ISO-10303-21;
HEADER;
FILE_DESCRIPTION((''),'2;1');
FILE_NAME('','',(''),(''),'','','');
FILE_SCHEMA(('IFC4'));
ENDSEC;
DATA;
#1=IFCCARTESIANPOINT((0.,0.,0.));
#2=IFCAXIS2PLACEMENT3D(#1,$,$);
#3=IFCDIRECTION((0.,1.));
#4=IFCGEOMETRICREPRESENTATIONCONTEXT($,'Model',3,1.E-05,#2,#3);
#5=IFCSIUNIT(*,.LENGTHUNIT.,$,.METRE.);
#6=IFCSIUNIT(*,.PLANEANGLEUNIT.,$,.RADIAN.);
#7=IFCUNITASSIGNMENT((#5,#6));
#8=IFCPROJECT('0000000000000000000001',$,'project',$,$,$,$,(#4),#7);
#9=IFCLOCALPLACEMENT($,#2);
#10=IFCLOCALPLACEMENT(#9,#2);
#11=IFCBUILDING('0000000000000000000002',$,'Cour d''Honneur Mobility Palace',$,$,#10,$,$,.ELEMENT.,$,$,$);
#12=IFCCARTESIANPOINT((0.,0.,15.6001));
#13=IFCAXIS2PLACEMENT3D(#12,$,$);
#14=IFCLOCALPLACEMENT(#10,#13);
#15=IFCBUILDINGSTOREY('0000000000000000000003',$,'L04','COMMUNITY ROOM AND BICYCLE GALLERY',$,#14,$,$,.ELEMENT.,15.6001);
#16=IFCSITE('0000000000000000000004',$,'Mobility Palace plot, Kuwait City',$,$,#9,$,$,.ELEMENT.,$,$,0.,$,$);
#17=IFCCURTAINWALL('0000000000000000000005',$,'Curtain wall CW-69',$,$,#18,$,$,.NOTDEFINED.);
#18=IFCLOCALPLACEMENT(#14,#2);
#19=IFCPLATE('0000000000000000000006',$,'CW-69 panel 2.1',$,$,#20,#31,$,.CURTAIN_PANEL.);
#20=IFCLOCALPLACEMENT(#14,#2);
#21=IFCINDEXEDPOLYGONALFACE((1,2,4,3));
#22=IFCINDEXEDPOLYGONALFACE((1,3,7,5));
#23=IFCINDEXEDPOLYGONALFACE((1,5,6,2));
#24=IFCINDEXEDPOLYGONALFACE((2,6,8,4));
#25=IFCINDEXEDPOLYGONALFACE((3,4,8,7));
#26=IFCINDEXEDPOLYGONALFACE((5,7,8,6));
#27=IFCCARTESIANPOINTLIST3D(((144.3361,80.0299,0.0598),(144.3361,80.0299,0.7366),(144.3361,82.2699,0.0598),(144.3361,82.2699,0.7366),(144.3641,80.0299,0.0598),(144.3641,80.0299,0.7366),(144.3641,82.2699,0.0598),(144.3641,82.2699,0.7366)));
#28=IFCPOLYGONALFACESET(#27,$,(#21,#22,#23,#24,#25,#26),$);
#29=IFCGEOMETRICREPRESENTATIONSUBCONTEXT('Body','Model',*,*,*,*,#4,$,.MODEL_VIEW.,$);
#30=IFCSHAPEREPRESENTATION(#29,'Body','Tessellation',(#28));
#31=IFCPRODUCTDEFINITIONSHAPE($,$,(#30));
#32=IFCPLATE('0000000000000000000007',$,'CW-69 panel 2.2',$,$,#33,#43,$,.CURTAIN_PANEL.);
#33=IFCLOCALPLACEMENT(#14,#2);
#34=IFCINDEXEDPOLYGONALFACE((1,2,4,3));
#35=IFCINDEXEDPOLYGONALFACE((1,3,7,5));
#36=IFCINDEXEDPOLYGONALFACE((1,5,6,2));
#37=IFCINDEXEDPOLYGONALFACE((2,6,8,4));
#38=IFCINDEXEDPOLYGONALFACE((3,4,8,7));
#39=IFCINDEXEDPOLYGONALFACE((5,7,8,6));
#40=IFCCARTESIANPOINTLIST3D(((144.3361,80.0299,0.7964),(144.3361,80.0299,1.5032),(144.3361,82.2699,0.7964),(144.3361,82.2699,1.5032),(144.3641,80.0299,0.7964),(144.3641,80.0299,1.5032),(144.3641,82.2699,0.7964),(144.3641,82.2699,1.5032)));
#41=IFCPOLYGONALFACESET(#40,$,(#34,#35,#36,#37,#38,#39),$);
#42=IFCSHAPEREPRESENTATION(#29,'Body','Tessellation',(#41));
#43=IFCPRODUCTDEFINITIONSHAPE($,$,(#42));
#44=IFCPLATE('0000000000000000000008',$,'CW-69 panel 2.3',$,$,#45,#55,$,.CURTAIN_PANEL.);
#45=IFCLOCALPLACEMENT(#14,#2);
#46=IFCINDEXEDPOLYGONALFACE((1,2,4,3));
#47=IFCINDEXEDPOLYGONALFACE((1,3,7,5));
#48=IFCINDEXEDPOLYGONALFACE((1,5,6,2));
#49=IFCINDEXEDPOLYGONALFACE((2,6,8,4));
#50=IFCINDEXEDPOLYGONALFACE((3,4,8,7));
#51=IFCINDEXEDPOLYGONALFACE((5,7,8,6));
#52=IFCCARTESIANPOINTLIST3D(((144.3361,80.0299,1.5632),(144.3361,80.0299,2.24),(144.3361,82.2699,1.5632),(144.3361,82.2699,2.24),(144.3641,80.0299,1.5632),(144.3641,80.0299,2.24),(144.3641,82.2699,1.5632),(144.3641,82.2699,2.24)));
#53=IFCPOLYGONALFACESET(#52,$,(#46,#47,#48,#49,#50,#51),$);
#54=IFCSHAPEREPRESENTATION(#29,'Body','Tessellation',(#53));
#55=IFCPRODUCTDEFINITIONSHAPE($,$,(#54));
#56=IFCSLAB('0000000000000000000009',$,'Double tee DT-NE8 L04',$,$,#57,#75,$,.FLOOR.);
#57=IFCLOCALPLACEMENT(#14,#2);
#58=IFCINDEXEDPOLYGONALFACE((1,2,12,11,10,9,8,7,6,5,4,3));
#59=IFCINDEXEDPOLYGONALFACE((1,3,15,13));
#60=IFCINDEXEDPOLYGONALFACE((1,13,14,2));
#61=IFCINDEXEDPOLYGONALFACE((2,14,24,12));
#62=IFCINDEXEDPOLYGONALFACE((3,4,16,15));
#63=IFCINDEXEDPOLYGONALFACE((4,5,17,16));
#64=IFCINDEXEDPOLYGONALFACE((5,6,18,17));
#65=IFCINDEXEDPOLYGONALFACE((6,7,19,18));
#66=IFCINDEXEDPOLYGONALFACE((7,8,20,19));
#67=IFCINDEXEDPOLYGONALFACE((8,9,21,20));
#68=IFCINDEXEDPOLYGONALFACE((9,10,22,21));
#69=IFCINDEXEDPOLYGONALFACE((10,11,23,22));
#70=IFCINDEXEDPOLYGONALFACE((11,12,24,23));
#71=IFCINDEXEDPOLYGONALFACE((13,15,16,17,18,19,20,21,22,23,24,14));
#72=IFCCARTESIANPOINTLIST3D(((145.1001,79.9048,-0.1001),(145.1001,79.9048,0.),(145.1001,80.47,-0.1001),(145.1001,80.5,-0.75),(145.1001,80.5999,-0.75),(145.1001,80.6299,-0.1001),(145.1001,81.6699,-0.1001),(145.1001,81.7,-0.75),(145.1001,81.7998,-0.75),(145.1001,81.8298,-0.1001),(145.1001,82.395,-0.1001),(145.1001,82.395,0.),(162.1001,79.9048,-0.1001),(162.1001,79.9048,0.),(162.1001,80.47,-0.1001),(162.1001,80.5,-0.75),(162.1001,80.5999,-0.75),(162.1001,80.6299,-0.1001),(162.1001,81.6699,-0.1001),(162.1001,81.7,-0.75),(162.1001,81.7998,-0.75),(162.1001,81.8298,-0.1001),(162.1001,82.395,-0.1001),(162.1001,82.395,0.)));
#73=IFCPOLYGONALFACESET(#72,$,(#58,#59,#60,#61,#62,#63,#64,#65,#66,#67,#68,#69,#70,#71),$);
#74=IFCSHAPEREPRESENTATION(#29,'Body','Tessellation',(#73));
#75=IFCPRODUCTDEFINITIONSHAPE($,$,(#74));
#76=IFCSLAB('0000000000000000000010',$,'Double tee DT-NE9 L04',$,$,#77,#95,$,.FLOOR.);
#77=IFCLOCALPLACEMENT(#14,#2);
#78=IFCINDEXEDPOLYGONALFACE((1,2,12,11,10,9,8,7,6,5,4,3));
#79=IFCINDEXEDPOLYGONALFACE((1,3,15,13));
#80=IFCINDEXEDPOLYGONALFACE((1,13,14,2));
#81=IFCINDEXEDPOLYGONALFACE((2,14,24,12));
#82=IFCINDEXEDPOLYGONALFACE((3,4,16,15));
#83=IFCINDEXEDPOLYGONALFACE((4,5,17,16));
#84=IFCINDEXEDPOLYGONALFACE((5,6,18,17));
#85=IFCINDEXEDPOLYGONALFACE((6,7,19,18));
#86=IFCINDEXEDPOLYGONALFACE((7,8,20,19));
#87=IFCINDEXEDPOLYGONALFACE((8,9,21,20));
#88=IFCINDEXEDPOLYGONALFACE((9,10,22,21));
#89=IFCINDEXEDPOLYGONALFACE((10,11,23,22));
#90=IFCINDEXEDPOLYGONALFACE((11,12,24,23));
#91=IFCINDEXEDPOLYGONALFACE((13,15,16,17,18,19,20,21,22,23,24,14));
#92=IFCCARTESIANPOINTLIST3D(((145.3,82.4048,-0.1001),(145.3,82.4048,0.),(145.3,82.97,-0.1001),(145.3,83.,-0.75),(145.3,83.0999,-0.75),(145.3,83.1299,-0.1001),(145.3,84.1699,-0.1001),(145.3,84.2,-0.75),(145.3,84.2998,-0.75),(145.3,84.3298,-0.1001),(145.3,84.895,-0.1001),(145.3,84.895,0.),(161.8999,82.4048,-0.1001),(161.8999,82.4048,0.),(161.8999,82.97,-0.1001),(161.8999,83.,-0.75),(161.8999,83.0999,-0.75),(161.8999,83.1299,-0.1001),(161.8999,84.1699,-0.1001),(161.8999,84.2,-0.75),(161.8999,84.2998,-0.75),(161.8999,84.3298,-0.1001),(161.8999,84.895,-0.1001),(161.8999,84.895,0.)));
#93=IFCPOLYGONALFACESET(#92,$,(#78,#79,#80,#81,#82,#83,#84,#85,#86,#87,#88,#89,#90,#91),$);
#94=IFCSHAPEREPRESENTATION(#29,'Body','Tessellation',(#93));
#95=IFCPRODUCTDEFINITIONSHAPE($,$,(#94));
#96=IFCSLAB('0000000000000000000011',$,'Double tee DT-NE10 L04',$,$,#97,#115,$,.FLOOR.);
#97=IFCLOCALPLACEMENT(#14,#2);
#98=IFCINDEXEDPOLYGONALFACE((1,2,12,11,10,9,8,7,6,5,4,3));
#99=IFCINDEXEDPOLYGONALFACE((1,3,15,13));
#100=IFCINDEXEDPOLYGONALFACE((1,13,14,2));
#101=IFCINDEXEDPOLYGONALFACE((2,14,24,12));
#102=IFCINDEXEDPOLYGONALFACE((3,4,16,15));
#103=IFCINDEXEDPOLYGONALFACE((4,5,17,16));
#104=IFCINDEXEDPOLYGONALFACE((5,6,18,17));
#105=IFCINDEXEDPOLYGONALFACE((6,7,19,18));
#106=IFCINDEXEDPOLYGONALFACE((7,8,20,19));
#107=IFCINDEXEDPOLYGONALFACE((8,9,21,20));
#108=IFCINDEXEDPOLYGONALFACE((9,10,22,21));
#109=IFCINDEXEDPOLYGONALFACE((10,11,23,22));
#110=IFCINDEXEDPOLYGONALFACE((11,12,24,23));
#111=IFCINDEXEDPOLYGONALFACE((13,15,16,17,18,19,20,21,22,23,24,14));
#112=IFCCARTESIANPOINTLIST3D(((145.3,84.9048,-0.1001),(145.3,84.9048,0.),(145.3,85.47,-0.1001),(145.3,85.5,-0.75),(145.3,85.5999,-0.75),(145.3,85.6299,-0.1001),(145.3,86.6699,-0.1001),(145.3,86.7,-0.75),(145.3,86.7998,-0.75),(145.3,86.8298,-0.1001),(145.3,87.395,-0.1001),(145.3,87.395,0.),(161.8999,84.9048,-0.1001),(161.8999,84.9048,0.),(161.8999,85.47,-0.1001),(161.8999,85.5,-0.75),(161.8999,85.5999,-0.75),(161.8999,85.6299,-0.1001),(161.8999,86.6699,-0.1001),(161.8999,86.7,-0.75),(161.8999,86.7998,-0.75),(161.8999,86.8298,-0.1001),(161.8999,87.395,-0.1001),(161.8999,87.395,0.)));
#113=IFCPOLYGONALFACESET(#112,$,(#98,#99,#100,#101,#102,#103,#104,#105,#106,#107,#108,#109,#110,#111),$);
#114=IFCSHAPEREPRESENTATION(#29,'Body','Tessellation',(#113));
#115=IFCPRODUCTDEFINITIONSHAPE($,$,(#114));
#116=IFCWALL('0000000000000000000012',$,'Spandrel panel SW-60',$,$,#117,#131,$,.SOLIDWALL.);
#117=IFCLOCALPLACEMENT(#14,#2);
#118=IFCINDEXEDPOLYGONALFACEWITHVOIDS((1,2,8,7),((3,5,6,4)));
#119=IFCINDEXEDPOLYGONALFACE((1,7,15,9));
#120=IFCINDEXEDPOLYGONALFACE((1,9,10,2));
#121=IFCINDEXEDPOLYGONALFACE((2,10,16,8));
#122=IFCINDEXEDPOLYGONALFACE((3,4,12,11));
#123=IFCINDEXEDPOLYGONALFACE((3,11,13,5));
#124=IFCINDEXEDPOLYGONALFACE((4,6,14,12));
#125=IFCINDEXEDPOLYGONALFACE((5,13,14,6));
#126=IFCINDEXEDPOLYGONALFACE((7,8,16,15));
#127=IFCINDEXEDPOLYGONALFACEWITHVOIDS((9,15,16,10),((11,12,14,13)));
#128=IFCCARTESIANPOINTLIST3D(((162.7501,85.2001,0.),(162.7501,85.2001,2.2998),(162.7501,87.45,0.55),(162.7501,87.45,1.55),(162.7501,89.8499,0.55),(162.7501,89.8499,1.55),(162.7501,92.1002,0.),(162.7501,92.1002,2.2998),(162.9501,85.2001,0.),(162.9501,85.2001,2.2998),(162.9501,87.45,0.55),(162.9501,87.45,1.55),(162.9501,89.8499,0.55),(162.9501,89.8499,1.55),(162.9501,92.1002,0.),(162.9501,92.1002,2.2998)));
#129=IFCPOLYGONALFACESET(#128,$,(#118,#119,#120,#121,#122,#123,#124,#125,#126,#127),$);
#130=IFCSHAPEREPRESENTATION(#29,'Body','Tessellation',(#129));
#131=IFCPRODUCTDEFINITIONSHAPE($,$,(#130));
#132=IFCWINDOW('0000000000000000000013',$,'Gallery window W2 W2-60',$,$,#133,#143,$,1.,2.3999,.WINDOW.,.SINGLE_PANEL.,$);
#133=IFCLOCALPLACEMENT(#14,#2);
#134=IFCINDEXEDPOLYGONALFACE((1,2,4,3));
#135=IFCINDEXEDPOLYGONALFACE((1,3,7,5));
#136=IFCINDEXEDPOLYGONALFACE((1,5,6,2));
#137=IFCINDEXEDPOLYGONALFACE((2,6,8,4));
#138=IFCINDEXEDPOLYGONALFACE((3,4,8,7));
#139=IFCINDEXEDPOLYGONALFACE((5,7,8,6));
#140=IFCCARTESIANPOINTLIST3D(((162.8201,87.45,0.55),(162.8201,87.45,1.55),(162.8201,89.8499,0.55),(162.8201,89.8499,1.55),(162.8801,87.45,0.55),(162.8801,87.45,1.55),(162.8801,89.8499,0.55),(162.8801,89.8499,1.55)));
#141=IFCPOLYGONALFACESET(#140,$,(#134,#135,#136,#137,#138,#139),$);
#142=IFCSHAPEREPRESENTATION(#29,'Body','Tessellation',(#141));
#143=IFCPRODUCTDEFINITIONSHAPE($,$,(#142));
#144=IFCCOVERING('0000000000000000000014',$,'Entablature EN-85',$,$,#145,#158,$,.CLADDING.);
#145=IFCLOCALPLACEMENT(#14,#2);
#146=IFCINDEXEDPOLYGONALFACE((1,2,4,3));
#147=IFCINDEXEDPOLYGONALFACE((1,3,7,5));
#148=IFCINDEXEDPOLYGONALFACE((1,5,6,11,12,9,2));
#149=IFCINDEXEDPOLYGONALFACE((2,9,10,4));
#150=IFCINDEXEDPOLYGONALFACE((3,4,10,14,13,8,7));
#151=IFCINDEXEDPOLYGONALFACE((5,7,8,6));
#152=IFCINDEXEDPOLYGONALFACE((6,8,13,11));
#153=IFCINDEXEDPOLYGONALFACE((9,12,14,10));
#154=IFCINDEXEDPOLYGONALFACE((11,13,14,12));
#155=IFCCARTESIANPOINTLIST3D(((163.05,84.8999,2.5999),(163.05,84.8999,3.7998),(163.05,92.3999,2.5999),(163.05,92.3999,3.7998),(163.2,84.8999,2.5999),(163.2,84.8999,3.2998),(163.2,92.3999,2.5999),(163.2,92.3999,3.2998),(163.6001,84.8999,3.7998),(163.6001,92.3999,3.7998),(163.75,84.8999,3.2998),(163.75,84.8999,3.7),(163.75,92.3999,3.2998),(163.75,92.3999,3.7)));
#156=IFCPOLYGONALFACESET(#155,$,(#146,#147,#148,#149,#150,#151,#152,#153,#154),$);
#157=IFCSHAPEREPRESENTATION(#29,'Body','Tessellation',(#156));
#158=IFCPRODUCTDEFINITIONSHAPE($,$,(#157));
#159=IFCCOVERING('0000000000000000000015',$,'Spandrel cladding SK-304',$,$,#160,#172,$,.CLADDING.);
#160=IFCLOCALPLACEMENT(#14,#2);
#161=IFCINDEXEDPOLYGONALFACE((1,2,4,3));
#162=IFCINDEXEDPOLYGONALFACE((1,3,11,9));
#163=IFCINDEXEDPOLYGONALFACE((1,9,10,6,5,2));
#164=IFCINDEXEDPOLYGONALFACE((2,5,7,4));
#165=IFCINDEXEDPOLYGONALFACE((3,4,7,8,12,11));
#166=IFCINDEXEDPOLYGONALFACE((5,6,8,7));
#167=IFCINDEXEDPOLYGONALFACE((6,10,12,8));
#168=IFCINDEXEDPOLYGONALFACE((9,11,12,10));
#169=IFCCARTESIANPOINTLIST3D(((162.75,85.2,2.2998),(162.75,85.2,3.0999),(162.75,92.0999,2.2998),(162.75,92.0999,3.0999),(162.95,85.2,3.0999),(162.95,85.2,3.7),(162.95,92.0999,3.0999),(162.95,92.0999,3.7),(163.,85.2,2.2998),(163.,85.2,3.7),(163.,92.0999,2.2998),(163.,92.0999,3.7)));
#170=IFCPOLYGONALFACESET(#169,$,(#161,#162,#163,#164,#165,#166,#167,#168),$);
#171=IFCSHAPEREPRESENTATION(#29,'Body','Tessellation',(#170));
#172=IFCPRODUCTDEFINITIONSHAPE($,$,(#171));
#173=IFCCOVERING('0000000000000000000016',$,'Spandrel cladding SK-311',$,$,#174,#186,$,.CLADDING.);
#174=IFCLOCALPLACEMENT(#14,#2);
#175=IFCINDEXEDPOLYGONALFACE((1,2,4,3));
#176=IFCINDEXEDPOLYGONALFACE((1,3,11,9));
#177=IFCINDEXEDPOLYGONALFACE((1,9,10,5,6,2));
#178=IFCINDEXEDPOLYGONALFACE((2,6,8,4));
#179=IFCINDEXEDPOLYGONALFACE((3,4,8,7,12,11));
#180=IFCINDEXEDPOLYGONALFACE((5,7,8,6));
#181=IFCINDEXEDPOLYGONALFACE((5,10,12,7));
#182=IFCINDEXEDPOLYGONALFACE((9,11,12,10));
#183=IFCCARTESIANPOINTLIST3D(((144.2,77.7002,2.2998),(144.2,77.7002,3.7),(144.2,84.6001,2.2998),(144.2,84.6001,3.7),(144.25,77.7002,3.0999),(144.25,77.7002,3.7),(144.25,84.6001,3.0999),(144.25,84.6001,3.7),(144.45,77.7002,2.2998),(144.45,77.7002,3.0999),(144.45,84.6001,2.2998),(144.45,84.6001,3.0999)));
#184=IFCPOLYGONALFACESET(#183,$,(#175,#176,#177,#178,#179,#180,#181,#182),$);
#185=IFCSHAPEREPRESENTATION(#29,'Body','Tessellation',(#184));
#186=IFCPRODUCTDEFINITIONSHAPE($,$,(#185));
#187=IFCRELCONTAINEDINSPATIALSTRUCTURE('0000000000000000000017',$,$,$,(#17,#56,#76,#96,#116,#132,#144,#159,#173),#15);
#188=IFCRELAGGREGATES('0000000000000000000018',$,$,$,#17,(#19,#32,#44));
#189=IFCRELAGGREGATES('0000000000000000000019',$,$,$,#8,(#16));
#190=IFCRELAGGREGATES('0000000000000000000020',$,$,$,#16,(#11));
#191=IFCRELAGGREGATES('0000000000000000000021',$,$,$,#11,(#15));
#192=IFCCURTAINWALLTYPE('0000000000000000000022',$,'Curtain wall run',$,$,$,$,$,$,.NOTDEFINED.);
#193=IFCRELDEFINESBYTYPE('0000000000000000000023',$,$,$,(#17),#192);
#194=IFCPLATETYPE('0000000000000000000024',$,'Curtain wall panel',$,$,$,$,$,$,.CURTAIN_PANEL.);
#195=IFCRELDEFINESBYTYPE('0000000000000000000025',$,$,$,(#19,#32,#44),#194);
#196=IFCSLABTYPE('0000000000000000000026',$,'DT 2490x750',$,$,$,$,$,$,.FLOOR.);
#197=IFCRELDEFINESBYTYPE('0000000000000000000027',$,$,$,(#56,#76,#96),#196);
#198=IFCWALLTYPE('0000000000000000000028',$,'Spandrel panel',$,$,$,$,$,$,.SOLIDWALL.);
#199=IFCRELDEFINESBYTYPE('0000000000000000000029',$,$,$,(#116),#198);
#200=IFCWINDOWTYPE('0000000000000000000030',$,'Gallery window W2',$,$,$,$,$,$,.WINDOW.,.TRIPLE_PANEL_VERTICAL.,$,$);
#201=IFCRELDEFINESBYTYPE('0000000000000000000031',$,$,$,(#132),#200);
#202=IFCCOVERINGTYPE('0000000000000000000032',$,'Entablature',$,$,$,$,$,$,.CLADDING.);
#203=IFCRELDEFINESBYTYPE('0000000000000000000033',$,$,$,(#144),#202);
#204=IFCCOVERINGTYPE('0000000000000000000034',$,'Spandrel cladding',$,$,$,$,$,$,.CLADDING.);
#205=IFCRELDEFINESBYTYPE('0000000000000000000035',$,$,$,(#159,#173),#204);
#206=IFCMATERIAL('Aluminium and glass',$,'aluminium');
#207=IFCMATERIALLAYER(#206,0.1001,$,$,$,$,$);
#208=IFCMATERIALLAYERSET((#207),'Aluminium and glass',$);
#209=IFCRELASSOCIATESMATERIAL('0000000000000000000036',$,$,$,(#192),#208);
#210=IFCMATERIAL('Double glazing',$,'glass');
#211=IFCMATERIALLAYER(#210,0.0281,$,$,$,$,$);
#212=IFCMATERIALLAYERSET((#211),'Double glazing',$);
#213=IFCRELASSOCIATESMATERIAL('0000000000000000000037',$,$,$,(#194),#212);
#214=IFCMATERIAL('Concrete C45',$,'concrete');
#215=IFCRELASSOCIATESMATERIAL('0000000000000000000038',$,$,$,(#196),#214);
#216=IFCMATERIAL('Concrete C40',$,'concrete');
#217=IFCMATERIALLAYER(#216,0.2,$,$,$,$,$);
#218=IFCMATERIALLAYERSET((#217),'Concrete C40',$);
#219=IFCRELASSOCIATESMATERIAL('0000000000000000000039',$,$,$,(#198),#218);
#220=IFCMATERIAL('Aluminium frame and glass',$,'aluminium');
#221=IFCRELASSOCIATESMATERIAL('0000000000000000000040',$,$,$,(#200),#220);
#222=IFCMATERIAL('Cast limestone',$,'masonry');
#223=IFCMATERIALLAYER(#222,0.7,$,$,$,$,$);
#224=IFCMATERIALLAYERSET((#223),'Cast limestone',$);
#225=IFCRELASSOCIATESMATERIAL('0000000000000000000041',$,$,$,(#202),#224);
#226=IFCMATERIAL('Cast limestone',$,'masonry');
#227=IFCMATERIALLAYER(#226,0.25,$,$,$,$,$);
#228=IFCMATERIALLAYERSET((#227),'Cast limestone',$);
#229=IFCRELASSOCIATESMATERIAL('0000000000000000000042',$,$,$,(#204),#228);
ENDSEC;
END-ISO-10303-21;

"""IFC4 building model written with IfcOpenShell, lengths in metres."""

from ifc_helpers import new_model, si_unit, direction, frame, frame_2d, origin, origin_2d, place, context, subcontext, project, spatial, polyline, rectangle, outline, extrude, material, layer, layer_set, material_profile, profile_set, type_object, element, fill, aggregate, save


model = new_model("IFC4")

# Units and contexts
model_context = context("Model", 3, precision=1e-05, world=origin(), true_north=direction((0.0, 1.0)))
body_context = subcontext(model_context, "Body", "Model", "MODEL_VIEW")
ifc_project = project(units=[si_unit("LENGTHUNIT", "METRE"), si_unit("PLANEANGLEUNIT", "RADIAN")], contexts=[model_context])

# Site, building, storey
site_placement = place(None, origin())
site = spatial("IfcSite", under=ifc_project, at=site_placement, Name="Mobility Palace plot, Kuwait City", CompositionType="ELEMENT", RefElevation=0.0)
building_placement = place(site_placement, origin())
building = spatial("IfcBuilding", under=site, at=building_placement, Name="Cour d'Honneur Mobility Palace", CompositionType="ELEMENT")
storey_placement = place(building_placement, frame((0.0, 0.0, 15.6001)))
storey = spatial("IfcBuildingStorey", under=building, at=storey_placement, Name="L04", Description="COMMUNITY ROOM AND BICYCLE GALLERY", CompositionType="ELEMENT", Elevation=15.6001)

# Shared definitions
ifc_material_1 = material(Name="Aluminium and glass", Category="aluminium")
ifc_layer_1 = layer(ifc_material_1, 0.1001)
ifc_layer_set_1 = layer_set([ifc_layer_1], Name="Aluminium and glass")
curtain_wall_type = type_object("IfcCurtainWallType", Name="Curtain wall run", PredefinedType="NOTDEFINED", material=ifc_layer_set_1)

# Curtain wall
curtain_wall_1_placement = place(storey_placement, origin())
curtain_wall_1 = element("IfcCurtainWall", 1, at=curtain_wall_1_placement, inside=storey, type_object=curtain_wall_type, Name="Curtain wall CW-69", PredefinedType="NOTDEFINED")

# Plates
ifc_material_2 = material(Name="Double glazing", Category="glass")
ifc_layer_2 = layer(ifc_material_2, 0.0281)
ifc_layer_set_2 = layer_set([ifc_layer_2], Name="Double glazing")
plate_type = type_object("IfcPlateType", Name="Curtain wall panel", PredefinedType="CURTAIN_PANEL", material=ifc_layer_set_2)
plate_1_placement = place(storey_placement, frame((144.3501, 81.1499, 0.0598), z_axis=(0.0, 0.0, 1.0), x_axis=(0.0, -1.0, 0.0)))
plate_1 = element("IfcPlate", 2, at=plate_1_placement, type_object=plate_type, Name="CW-69 panel 2.1", PredefinedType="CURTAIN_PANEL", context=body_context, shape_type="SweptSolid", body=[
    extrude(rectangle(XDim=2.24, YDim=0.0281, at=origin_2d()), origin(), (0.0, 0.0, 1.0), 0.6768),
])
plate_2_placement = place(storey_placement, frame((144.3501, 81.1499, 0.7964), z_axis=(0.0, 0.0, 1.0), x_axis=(0.0, -1.0, 0.0)))
plate_2 = element("IfcPlate", 3, at=plate_2_placement, type_object=plate_type, Name="CW-69 panel 2.2", PredefinedType="CURTAIN_PANEL", context=body_context, shape_type="SweptSolid", body=[
    extrude(rectangle(XDim=2.24, YDim=0.0281, at=origin_2d()), origin(), (0.0, 0.0, 1.0), 0.7068),
])
plate_3_placement = place(storey_placement, frame((144.3501, 81.1499, 1.5632), z_axis=(0.0, 0.0, 1.0), x_axis=(0.0, -1.0, 0.0)))
plate_3 = element("IfcPlate", 4, at=plate_3_placement, type_object=plate_type, Name="CW-69 panel 2.3", PredefinedType="CURTAIN_PANEL", context=body_context, shape_type="SweptSolid", body=[
    extrude(rectangle(XDim=2.24, YDim=0.0281, at=origin_2d()), origin(), (0.0, 0.0, 1.0), 0.6768),
])
aggregate(curtain_wall_1, [plate_1, plate_2, plate_3])

# Slabs
ifc_material_3 = material(Name="Concrete C45", Category="concrete")
ifc_material_profile_1 = material_profile(ifc_material_3, outline(polyline([(-1.2451, 0.0), (1.2451, 0.0), (1.2451, -0.1001), (0.6799, -0.1001), (0.6499, -0.75), (0.55, -0.75), (0.52, -0.1001), (-0.52, -0.1001), (-0.55, -0.75), (-0.6499, -0.75), (-0.6799, -0.1001), (-1.2451, -0.1001), (-1.2451, 0.0)])), Name="DT 2490x750")
ifc_profile_set_1 = profile_set([ifc_material_profile_1], Name="Concrete C45")
slab_type = type_object("IfcSlabType", Name="DT 2490x750", PredefinedType="FLOOR", material=ifc_profile_set_1)
slab_placement = place(storey_placement, frame((145.1001, 81.1499, 0.0), z_axis=(1.0, 0.0, 0.0), x_axis=(0.0, 1.0, 0.0)))
element("IfcSlab", 5, at=slab_placement, inside=storey, type_object=slab_type, Name="Double tee DT-NE8 L04", PredefinedType="FLOOR", context=body_context, shape_type="SweptSolid", body=[
    extrude(outline(polyline([(-1.2451, 0.0), (1.2451, 0.0), (1.2451, -0.1001), (0.6799, -0.1001), (0.6499, -0.75), (0.55, -0.75), (0.52, -0.1001), (-0.52, -0.1001), (-0.55, -0.75), (-0.6499, -0.75), (-0.6799, -0.1001), (-1.2451, -0.1001), (-1.2451, 0.0)])), origin(), (0.0, 0.0, 1.0), 17.0),
])
for number, where, z_axis, x_axis, name in (
    (6, (145.3, 83.6499, 0.0), (1.0, 0.0, 0.0), (0.0, 1.0, 0.0), "Double tee DT-NE9 L04"),
    (7, (145.3, 86.1499, 0.0), (1.0, 0.0, 0.0), (0.0, 1.0, 0.0), "Double tee DT-NE10 L04"),
):
    element("IfcSlab", number, at=place(storey_placement, frame(where, z_axis=z_axis, x_axis=x_axis)), inside=storey, type_object=slab_type, Name=name, PredefinedType="FLOOR", context=body_context, shape_type="SweptSolid", body=[
        extrude(outline(polyline([(-1.2451, 0.0), (1.2451, 0.0), (1.2451, -0.1001), (0.6799, -0.1001), (0.6499, -0.75), (0.55, -0.75), (0.52, -0.1001), (-0.52, -0.1001), (-0.55, -0.75), (-0.6499, -0.75), (-0.6799, -0.1001), (-1.2451, -0.1001), (-1.2451, 0.0)])), origin(), (0.0, 0.0, 1.0), 16.5999),
    ])

# Wall, opening, window
ifc_material_4 = material(Name="Concrete C40", Category="concrete")
ifc_layer_3 = layer(ifc_material_4, 0.2)
ifc_layer_set_3 = layer_set([ifc_layer_3], Name="Concrete C40")
wall_type = type_object("IfcWallType", Name="Spandrel panel", PredefinedType="SOLIDWALL", material=ifc_layer_set_3)
wall_placement = place(storey_placement, frame((162.8501, 85.2, 0.0), z_axis=(0.0, 0.0, 1.0), x_axis=(0.0, 1.0, 0.0)))
wall = element("IfcWall", 8, at=wall_placement, inside=storey, type_object=wall_type, Name="Spandrel panel SW-60", PredefinedType="SOLIDWALL", context=body_context, shape_type="SweptSolid", body=[
    extrude(rectangle(XDim=6.9001, YDim=0.2, at=frame_2d((3.4502, 0.0))), origin(), (0.0, 0.0, 1.0), 2.2998),
])
opening_placement = place(wall_placement, frame((2.25, 0.0, 0.55)))
opening = element("IfcOpeningElement", 9, at=opening_placement, cuts=wall, PredefinedType="OPENING", context=body_context, shape_type="SweptSolid", body=[
    extrude(rectangle(XDim=2.3999, YDim=1.0, at=frame_2d((1.2, 0.5))), frame((0.0, 0.1099, 0.0), z_axis=(0.0, -1.0, 0.0), x_axis=(1.0, 0.0, 0.0)), (0.0, 0.0, 1.0), 0.22),
])
ifc_material_5 = material(Name="Aluminium frame and glass", Category="aluminium")
window_type = type_object("IfcWindowType", Name="Gallery window W2", PartitioningType="TRIPLE_PANEL_VERTICAL", PredefinedType="WINDOW", material=ifc_material_5)
window_placement = place(opening_placement, origin())
window = element("IfcWindow", 10, at=window_placement, inside=storey, type_object=window_type, Name="Gallery window W2 W2-60", OverallHeight=1.0, OverallWidth=2.3999, PartitioningType="SINGLE_PANEL", PredefinedType="WINDOW", context=body_context, shape_type="SweptSolid", body=[
    extrude(rectangle(XDim=2.3999, YDim=1.0, at=frame_2d((1.2, 0.5))), frame((0.0, 0.03, 0.0), z_axis=(0.0, -1.0, 0.0), x_axis=(1.0, 0.0, 0.0)), (0.0, 0.0, 1.0), 0.0601),
])
fill(opening, window)

# Coverings
ifc_material_6 = material(Name="Cast limestone", Category="masonry")
ifc_layer_4 = layer(ifc_material_6, 0.7)
ifc_layer_set_4 = layer_set([ifc_layer_4], Name="Cast limestone")
covering_type_1 = type_object("IfcCoveringType", Name="Entablature", PredefinedType="CLADDING", material=ifc_layer_set_4)
covering_placement = place(storey_placement, frame((163.05, 84.8999, 2.5999), z_axis=(0.0, -1.0, 0.0), x_axis=(1.0, 0.0, 0.0)))
element("IfcCovering", 11, at=covering_placement, inside=storey, type_object=covering_type_1, Name="Entablature EN-85", PredefinedType="CLADDING", context=body_context, shape_type="SweptSolid", body=[
    extrude(outline(polyline([(0.0, 0.0), (0.1499, 0.0), (0.1499, 0.7), (0.7, 0.7), (0.7, 1.1001), (0.55, 1.2), (0.0, 1.2), (0.0, 0.0)])), origin(), (0.0, 0.0, -1.0), 7.5),
])
ifc_material_7 = material(Name="Cast limestone", Category="masonry")
ifc_layer_5 = layer(ifc_material_7, 0.25)
ifc_layer_set_5 = layer_set([ifc_layer_5], Name="Cast limestone")
covering_type_2 = type_object("IfcCoveringType", Name="Spandrel cladding", PredefinedType="CLADDING", material=ifc_layer_set_5)
for number, where, z_axis, x_axis, name in (
    (12, (162.75, 85.2, 2.2998), (0.0, -1.0, 0.0), (1.0, 0.0, 0.0), "Spandrel cladding SK-304"),
    (13, (144.45, 84.6001, 2.2998), (0.0, 1.0, 0.0), (-1.0, 0.0, 0.0), "Spandrel cladding SK-311"),
):
    element("IfcCovering", number, at=place(storey_placement, frame(where, z_axis=z_axis, x_axis=x_axis)), inside=storey, type_object=covering_type_2, Name=name, PredefinedType="CLADDING", context=body_context, shape_type="SweptSolid", body=[
        extrude(outline(polyline([(0.0, 0.0), (0.25, 0.0), (0.25, 1.4001), (0.2, 1.4001), (0.2, 0.8), (0.0, 0.8), (0.0, 0.0)])), origin(), (0.0, 0.0, -1.0), 6.8999),
    ])

save(model, "model.ifc")
